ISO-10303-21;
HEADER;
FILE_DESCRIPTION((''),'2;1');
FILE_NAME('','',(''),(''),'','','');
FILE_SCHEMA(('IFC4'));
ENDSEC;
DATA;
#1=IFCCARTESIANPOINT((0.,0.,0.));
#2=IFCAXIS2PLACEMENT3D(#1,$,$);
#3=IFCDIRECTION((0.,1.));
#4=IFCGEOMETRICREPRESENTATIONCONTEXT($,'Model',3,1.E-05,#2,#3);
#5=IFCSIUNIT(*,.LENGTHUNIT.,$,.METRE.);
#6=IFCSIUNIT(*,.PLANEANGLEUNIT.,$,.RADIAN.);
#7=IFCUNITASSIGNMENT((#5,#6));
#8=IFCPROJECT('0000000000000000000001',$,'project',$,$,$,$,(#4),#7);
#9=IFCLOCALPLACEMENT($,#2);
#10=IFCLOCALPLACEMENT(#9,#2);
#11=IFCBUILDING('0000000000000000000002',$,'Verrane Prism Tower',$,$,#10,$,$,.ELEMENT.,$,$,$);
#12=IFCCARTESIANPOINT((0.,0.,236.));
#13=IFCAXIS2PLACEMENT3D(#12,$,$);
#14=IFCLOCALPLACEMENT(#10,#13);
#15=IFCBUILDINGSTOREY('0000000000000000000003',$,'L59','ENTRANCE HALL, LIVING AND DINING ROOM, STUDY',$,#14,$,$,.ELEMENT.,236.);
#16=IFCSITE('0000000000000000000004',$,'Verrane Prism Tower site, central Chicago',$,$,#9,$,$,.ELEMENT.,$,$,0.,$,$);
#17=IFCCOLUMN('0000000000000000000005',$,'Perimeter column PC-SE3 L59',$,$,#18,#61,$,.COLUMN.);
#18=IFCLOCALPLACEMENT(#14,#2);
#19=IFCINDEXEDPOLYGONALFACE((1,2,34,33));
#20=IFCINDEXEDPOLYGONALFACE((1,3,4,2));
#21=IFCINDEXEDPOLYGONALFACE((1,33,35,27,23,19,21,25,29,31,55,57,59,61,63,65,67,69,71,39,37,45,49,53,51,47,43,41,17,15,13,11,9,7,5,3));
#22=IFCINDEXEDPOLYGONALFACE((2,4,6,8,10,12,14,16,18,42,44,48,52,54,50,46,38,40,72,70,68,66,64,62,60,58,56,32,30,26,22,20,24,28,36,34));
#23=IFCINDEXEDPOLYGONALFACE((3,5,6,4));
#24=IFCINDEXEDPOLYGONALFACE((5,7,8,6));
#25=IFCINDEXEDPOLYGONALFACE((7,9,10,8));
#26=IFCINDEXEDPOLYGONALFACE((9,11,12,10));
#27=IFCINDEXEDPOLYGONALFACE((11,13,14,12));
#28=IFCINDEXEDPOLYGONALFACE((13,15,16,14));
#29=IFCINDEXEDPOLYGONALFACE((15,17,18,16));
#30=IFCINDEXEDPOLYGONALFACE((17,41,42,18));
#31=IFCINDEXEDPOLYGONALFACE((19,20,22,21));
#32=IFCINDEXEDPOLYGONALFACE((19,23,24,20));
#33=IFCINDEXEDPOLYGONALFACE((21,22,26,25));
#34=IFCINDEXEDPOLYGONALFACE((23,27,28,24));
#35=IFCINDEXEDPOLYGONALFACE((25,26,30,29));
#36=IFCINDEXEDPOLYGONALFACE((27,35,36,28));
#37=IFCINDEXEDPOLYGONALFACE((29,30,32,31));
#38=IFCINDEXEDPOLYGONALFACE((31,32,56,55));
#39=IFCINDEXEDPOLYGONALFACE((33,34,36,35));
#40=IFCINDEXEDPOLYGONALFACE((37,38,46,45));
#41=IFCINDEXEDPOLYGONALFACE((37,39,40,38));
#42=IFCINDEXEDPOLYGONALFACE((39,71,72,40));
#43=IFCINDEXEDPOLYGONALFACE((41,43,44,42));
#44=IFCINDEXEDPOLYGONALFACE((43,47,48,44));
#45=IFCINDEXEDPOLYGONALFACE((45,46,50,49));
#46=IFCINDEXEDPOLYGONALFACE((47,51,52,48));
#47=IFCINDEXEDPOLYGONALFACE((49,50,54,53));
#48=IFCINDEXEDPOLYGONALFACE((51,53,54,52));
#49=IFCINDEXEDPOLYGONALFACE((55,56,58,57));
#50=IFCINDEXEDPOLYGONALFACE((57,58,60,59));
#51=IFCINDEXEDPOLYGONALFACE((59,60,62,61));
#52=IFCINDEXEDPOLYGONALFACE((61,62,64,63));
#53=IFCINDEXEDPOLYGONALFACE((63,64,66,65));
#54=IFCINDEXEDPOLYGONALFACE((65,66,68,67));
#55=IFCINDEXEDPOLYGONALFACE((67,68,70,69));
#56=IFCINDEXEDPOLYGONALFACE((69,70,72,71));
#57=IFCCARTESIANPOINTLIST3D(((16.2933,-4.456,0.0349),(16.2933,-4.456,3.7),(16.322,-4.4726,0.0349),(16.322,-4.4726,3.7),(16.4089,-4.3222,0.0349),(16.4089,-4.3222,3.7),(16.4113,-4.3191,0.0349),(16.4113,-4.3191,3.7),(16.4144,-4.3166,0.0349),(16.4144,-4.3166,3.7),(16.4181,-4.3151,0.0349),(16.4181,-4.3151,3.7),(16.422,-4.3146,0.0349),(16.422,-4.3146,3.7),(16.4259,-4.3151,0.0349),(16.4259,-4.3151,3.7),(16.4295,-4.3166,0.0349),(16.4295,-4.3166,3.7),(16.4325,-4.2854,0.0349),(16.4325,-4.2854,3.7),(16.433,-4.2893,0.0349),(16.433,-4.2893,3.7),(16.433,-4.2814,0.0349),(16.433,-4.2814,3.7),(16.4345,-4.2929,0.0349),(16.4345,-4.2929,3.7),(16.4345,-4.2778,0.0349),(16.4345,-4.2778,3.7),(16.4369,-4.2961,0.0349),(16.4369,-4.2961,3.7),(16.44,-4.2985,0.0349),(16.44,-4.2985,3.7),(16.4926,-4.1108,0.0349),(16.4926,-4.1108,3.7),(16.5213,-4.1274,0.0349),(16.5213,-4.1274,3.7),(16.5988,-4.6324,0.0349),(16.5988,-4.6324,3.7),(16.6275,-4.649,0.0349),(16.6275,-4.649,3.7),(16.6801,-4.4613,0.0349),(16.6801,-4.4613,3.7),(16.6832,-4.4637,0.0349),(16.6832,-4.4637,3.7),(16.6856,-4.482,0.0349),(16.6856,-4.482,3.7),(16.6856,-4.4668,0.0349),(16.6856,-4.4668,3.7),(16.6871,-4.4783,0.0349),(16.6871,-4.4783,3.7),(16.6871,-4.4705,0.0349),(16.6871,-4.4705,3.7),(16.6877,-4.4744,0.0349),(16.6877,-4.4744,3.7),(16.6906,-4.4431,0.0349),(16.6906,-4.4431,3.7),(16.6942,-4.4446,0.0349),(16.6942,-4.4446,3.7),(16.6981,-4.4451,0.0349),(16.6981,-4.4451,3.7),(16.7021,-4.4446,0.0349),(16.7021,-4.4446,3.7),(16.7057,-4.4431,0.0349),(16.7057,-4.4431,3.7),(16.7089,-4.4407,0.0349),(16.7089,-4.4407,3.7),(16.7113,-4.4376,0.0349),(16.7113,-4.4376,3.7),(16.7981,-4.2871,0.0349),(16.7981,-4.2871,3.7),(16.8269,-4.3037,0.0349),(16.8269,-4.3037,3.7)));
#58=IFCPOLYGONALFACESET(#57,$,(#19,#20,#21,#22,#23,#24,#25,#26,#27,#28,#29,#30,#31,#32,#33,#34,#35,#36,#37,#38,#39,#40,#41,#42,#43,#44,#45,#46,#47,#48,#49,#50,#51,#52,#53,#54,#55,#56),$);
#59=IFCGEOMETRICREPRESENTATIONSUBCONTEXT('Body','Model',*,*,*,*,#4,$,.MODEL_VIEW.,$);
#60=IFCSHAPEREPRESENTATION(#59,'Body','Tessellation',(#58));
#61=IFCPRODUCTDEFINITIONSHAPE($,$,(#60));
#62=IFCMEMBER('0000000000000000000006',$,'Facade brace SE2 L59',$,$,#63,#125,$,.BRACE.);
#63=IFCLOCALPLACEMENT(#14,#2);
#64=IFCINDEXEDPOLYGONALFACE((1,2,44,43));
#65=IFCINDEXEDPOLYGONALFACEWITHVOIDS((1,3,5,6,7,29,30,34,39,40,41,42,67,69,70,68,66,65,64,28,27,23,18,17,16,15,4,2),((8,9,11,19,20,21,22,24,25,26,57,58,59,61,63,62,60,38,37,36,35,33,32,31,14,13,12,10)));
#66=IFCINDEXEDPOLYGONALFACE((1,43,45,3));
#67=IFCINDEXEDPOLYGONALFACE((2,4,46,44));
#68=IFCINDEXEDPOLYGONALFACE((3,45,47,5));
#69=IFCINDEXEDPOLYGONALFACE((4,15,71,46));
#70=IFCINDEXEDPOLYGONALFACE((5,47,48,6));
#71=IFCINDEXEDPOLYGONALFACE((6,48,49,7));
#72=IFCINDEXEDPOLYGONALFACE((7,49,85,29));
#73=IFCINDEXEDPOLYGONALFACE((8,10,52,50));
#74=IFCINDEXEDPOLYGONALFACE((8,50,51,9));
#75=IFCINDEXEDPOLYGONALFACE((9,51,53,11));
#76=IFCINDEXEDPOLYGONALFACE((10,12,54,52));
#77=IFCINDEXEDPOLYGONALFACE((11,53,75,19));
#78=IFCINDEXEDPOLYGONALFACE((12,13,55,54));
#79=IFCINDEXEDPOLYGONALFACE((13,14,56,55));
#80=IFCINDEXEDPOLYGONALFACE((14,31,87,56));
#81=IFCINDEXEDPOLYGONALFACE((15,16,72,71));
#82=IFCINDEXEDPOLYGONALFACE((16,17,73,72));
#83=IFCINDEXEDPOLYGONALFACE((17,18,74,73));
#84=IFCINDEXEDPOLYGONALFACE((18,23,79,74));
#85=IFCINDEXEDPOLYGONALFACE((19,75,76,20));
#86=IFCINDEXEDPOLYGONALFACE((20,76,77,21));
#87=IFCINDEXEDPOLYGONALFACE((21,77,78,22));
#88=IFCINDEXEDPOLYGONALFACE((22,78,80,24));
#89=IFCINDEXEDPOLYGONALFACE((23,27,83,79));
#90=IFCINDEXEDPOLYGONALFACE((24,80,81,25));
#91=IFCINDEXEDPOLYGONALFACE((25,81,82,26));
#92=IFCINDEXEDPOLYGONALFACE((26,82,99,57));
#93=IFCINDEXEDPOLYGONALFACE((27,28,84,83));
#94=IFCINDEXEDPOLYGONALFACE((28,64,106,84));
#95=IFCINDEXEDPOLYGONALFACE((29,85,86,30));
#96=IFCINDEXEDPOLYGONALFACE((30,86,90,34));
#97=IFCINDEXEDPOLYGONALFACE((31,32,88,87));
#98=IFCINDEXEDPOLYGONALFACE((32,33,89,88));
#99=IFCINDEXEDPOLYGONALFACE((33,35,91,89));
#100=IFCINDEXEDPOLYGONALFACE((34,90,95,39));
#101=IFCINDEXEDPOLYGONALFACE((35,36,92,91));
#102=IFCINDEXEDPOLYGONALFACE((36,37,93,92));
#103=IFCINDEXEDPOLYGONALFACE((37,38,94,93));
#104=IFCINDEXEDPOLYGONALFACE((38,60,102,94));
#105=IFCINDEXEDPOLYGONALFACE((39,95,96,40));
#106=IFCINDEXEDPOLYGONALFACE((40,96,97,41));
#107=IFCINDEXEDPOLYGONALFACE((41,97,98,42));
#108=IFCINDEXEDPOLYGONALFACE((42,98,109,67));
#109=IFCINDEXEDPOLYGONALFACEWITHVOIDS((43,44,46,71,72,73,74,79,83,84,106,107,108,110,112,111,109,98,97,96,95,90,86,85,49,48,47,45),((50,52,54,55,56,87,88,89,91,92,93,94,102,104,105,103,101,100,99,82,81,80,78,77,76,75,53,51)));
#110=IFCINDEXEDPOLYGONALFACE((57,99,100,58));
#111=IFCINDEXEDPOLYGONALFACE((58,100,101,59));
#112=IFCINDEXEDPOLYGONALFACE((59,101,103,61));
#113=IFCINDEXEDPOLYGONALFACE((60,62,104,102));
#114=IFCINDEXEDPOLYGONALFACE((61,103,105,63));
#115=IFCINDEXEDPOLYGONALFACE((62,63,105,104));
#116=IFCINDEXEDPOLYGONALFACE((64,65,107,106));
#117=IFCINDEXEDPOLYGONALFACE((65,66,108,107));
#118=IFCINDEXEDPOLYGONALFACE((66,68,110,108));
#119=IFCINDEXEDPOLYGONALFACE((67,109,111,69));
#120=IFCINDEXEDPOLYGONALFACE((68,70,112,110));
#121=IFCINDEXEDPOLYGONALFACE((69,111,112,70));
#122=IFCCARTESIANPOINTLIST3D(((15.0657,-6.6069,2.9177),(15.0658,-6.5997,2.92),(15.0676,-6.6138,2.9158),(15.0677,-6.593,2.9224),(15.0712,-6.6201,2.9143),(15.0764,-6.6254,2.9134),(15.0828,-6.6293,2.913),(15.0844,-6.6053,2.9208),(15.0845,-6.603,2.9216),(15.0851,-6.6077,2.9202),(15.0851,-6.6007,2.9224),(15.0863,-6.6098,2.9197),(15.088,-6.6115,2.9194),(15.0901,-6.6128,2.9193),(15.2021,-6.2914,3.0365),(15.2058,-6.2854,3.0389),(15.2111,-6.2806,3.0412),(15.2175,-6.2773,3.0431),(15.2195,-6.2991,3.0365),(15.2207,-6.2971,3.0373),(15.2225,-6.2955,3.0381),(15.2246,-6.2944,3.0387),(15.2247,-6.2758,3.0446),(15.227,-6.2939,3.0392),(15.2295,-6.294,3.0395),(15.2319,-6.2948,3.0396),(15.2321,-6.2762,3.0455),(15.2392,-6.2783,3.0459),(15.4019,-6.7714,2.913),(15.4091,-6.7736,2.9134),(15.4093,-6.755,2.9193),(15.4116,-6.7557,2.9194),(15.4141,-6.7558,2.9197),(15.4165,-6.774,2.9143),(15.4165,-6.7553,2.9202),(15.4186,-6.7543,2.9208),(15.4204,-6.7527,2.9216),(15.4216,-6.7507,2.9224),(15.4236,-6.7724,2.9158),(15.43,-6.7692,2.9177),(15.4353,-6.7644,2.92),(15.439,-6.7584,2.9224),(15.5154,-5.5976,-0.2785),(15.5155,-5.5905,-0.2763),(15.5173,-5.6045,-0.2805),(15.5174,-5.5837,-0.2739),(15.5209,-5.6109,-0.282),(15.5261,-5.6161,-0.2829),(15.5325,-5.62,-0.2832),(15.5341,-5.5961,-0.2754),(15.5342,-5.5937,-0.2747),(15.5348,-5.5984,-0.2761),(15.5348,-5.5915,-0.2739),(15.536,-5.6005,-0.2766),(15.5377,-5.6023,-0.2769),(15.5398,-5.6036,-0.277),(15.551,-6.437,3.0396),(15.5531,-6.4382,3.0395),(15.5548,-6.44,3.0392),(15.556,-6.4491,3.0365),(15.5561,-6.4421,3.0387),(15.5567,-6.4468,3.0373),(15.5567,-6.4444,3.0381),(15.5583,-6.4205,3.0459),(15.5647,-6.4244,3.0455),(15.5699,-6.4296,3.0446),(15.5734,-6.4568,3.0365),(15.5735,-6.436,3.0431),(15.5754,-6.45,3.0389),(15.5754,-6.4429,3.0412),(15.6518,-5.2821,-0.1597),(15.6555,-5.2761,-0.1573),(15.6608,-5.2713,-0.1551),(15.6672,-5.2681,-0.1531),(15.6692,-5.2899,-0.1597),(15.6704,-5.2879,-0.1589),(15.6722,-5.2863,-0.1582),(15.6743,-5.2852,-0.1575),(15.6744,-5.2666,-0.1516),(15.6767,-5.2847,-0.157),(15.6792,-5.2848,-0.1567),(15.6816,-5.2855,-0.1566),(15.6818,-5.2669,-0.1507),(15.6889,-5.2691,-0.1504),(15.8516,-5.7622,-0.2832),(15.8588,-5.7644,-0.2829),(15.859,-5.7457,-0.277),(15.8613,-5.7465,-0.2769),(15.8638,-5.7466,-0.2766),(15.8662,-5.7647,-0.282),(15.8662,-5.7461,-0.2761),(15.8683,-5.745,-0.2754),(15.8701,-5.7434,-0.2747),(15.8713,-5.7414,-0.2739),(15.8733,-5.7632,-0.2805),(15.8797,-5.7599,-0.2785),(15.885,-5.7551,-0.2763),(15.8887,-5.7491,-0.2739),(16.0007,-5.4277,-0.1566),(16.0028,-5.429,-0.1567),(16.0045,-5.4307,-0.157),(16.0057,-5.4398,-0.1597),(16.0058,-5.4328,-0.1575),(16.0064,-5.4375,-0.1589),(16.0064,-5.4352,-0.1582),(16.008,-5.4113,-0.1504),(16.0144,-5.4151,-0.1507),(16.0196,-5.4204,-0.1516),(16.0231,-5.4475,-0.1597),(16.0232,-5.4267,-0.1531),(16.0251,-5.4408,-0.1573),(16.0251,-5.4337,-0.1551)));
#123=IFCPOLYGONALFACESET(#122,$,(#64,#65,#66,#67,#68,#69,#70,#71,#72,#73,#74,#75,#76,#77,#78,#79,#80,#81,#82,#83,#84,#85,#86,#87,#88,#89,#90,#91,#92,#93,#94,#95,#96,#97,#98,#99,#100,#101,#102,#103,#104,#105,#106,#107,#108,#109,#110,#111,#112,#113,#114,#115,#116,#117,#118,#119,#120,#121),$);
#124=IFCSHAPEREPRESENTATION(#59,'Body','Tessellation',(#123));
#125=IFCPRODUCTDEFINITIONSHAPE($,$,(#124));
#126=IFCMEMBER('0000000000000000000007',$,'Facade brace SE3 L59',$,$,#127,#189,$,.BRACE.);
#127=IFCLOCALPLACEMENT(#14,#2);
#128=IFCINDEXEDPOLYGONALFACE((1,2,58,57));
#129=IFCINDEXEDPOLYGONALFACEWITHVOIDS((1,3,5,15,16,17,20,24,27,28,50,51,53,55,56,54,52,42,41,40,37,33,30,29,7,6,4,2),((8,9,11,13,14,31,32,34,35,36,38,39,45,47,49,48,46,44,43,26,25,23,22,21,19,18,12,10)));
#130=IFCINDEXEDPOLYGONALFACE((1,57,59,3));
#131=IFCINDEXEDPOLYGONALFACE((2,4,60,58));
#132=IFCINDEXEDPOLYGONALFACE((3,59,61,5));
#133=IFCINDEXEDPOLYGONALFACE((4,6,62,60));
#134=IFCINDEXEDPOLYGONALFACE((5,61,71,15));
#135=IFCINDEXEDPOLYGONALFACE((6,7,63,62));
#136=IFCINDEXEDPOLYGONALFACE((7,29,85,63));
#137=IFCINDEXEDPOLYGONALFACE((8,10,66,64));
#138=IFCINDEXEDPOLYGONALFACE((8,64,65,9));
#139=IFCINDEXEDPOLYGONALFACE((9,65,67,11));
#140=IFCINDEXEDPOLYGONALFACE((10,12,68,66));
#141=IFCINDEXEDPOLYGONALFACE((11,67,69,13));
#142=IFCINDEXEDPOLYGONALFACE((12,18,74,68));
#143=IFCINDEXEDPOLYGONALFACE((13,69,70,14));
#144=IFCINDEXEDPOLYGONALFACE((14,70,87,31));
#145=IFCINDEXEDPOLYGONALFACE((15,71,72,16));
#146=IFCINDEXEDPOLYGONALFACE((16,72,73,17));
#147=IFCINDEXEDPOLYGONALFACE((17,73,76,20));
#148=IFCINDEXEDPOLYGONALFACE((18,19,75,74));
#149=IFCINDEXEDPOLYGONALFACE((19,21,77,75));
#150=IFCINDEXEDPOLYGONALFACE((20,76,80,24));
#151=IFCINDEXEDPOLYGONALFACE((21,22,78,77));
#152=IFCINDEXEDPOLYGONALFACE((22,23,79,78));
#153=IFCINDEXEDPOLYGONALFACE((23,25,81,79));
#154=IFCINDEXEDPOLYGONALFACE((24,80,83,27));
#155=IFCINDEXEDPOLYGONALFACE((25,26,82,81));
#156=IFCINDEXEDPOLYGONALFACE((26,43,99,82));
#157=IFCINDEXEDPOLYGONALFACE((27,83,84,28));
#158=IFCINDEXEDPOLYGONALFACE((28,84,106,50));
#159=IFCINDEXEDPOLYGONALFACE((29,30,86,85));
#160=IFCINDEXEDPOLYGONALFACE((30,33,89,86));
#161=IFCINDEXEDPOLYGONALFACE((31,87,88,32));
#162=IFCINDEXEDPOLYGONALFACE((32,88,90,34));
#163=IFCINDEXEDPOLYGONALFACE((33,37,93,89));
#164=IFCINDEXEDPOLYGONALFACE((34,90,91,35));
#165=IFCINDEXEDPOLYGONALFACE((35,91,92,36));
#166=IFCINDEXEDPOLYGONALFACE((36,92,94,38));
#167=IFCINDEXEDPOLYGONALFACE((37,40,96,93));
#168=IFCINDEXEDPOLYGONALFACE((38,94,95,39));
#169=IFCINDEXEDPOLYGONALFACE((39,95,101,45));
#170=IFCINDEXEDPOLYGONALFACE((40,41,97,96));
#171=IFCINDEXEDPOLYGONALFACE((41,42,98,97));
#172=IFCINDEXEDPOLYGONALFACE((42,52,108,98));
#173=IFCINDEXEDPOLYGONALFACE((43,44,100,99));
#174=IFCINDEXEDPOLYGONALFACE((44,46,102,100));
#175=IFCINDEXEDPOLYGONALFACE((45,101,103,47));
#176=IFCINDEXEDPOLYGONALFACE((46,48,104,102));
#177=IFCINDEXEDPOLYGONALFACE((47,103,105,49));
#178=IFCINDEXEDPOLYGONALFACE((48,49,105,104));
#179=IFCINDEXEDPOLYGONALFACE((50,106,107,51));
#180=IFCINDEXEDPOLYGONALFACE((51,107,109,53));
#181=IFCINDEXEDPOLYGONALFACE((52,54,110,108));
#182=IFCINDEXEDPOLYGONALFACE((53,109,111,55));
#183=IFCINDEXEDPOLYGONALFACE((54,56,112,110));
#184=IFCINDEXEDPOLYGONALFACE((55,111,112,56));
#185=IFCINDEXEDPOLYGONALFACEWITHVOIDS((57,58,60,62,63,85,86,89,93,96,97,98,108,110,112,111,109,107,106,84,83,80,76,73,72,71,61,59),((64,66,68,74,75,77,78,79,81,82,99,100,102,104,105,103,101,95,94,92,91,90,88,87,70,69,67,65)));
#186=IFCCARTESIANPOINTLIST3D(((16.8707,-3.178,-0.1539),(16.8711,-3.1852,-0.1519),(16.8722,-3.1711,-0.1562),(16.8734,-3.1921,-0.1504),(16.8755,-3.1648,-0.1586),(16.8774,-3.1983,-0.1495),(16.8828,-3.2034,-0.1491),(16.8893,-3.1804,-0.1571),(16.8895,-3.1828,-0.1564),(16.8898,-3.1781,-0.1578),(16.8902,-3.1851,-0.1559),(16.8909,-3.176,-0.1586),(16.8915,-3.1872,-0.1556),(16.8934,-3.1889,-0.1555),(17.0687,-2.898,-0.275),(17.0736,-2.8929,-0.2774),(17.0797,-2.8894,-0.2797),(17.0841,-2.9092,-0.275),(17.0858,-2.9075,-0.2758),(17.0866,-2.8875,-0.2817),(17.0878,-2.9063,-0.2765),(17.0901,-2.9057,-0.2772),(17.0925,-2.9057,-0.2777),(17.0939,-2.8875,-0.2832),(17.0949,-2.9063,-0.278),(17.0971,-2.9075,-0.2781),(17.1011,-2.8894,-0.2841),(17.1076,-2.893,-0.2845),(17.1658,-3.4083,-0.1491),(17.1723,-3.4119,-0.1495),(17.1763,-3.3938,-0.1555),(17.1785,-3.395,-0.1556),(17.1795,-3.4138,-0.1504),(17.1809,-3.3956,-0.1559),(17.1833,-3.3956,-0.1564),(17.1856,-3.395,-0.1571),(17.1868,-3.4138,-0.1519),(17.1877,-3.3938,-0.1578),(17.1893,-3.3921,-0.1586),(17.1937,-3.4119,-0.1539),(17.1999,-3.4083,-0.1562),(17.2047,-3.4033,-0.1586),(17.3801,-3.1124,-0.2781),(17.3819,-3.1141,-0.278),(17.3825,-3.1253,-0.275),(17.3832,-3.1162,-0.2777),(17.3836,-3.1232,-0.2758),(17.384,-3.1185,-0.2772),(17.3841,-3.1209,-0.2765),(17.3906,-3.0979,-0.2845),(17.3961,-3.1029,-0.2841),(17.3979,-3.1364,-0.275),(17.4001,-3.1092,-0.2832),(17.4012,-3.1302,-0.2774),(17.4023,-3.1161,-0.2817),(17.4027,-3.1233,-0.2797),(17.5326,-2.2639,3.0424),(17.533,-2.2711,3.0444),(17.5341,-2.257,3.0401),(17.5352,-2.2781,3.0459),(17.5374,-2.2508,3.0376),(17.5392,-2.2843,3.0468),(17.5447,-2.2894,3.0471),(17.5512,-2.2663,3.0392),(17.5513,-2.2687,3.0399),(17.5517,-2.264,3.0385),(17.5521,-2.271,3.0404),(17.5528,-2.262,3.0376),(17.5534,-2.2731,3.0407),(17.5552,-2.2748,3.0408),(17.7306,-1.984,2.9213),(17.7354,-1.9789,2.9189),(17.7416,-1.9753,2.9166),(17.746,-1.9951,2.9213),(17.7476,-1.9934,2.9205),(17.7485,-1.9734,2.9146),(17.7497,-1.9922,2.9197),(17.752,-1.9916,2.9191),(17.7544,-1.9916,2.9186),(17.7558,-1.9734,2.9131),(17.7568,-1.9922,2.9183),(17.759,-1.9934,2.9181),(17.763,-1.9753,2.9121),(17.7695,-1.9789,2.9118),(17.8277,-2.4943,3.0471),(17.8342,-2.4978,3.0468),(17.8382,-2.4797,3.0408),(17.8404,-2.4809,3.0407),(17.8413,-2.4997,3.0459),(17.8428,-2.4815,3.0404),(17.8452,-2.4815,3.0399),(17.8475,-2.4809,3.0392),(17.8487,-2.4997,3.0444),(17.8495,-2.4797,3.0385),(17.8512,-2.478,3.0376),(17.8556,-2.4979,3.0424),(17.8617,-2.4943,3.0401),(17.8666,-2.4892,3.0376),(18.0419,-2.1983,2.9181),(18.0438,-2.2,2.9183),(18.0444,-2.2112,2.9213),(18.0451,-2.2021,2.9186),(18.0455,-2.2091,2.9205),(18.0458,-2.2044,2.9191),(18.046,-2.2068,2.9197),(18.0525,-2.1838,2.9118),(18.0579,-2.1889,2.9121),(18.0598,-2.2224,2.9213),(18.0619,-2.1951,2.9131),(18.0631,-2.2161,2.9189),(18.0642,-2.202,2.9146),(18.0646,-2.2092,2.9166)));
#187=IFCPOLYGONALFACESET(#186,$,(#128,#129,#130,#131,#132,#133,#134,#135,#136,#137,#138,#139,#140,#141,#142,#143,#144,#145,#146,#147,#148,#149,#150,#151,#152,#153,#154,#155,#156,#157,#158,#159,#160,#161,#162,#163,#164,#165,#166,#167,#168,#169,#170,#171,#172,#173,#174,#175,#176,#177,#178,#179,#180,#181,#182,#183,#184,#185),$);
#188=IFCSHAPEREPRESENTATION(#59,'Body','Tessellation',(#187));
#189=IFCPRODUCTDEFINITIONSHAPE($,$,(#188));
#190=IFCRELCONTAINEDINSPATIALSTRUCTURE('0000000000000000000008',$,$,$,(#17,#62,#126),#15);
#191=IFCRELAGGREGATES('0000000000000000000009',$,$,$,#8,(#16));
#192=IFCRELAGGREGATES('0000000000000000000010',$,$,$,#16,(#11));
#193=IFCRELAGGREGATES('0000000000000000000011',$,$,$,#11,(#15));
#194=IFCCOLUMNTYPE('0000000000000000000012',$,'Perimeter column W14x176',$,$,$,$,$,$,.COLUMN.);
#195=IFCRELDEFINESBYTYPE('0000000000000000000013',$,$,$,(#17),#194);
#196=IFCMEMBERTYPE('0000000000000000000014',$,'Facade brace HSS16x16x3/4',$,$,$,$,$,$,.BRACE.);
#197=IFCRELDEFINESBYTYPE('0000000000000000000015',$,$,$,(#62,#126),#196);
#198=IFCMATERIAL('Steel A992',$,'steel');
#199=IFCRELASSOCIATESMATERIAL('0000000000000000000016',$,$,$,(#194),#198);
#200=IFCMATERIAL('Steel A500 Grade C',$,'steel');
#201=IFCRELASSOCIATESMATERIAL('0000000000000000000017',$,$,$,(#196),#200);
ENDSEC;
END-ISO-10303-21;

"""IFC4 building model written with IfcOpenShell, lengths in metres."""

from ifc_helpers import new_model, si_unit, direction, frame, origin, origin_2d, place, context, subcontext, project, spatial, hollow_rectangle, i_section, extrude, material, material_profile, profile_set, type_object, element, save


model = new_model("IFC4")

# Units and contexts
model_context = context("Model", 3, precision=1e-05, world=origin(), true_north=direction((0.0, 1.0)))
body_context = subcontext(model_context, "Body", "Model", "MODEL_VIEW")
ifc_project = project(units=[si_unit("LENGTHUNIT", "METRE"), si_unit("PLANEANGLEUNIT", "RADIAN")], contexts=[model_context])

# Site, building, storey
site_placement = place(None, origin())
site = spatial("IfcSite", under=ifc_project, at=site_placement, Name="Verrane Prism Tower site, central Chicago", CompositionType="ELEMENT", RefElevation=0.0)
building_placement = place(site_placement, origin())
building = spatial("IfcBuilding", under=site, at=building_placement, Name="Verrane Prism Tower", CompositionType="ELEMENT")
storey_placement = place(building_placement, frame((0.0, 0.0, 236.0)))
storey = spatial("IfcBuildingStorey", under=building, at=storey_placement, Name="L59", Description="ENTRANCE HALL, LIVING AND DINING ROOM, STUDY", CompositionType="ELEMENT", Elevation=236.0)

# Column
ifc_material_1 = material(Name="Steel A992", Category="steel")
ifc_material_profile_1 = material_profile(ifc_material_1, i_section(OverallWidth=0.3987, OverallDepth=0.386, WebThickness=0.021, FlangeThickness=0.0332, FilletRadius=0.0151, at=origin_2d()), Name="W14x176")
ifc_profile_set_1 = profile_set([ifc_material_profile_1], Name="Steel A992")
column_type = type_object("IfcColumnType", Name="Perimeter column W14x176", PredefinedType="COLUMN", material=ifc_profile_set_1)
column_placement = place(storey_placement, frame((16.5601, -4.3799, 0.0349), z_axis=(0.0, 0.0, 1.0), x_axis=(-0.5, -0.866025, 0.0)))
element("IfcColumn", 1, at=column_placement, inside=storey, type_object=column_type, Name="Perimeter column PC-SE3 L59", PredefinedType="COLUMN", context=body_context, shape_type="SweptSolid", body=[
    extrude(i_section(OverallWidth=0.3987, OverallDepth=0.386, WebThickness=0.021, FlangeThickness=0.0332, FilletRadius=0.0151, at=origin_2d()), origin(), (0.0, 0.0, 1.0), 3.665),
])

# Members
ifc_material_2 = material(Name="Steel A500 Grade C", Category="steel")
ifc_material_profile_2 = material_profile(ifc_material_2, hollow_rectangle(XDim=0.4065, YDim=0.4065, WallThickness=0.019, InnerFilletRadius=0.0095, OuterFilletRadius=0.0286, at=origin_2d()), Name="HSS16x16x3/4")
ifc_profile_set_2 = profile_set([ifc_material_profile_2], Name="Steel A500 Grade C")
member_type_1 = type_object("IfcMemberType", Name="Facade brace HSS16x16x3/4", PredefinedType="BRACE", material=ifc_profile_set_2)
member_1_placement = place(storey_placement, frame((15.7703, -5.5156, -0.2168), z_axis=(-0.132975, -0.298436, 0.945121), x_axis=(0.913428, -0.406999, 0.0)))
element("IfcMember", 2, at=member_1_placement, inside=storey, type_object=member_type_1, Name="Facade brace SE2 L59", PredefinedType="BRACE", context=body_context, shape_type="SweptSolid", body=[
    extrude(hollow_rectangle(XDim=0.4065, YDim=0.4065, WallThickness=0.019, InnerFilletRadius=0.0095, OuterFilletRadius=0.0286, at=origin_2d()), origin(), (0.0, 0.0, 1.0), 3.3818),
])
member_2_placement = place(storey_placement, frame((17.1367, -3.1506, -0.2168), z_axis=(0.19526, 0.269661, 0.942951), x_axis=(-0.80996, 0.586485, 0.0)))
element("IfcMember", 3, at=member_2_placement, inside=storey, type_object=member_type_1, Name="Facade brace SE3 L59", PredefinedType="BRACE", context=body_context, shape_type="SweptSolid", body=[
    extrude(hollow_rectangle(XDim=0.4065, YDim=0.4065, WallThickness=0.019, InnerFilletRadius=0.0095, OuterFilletRadius=0.0286, at=origin_2d()), origin(), (0.0, 0.0, 1.0), 3.3896),
])

save(model, "model.ifc")
